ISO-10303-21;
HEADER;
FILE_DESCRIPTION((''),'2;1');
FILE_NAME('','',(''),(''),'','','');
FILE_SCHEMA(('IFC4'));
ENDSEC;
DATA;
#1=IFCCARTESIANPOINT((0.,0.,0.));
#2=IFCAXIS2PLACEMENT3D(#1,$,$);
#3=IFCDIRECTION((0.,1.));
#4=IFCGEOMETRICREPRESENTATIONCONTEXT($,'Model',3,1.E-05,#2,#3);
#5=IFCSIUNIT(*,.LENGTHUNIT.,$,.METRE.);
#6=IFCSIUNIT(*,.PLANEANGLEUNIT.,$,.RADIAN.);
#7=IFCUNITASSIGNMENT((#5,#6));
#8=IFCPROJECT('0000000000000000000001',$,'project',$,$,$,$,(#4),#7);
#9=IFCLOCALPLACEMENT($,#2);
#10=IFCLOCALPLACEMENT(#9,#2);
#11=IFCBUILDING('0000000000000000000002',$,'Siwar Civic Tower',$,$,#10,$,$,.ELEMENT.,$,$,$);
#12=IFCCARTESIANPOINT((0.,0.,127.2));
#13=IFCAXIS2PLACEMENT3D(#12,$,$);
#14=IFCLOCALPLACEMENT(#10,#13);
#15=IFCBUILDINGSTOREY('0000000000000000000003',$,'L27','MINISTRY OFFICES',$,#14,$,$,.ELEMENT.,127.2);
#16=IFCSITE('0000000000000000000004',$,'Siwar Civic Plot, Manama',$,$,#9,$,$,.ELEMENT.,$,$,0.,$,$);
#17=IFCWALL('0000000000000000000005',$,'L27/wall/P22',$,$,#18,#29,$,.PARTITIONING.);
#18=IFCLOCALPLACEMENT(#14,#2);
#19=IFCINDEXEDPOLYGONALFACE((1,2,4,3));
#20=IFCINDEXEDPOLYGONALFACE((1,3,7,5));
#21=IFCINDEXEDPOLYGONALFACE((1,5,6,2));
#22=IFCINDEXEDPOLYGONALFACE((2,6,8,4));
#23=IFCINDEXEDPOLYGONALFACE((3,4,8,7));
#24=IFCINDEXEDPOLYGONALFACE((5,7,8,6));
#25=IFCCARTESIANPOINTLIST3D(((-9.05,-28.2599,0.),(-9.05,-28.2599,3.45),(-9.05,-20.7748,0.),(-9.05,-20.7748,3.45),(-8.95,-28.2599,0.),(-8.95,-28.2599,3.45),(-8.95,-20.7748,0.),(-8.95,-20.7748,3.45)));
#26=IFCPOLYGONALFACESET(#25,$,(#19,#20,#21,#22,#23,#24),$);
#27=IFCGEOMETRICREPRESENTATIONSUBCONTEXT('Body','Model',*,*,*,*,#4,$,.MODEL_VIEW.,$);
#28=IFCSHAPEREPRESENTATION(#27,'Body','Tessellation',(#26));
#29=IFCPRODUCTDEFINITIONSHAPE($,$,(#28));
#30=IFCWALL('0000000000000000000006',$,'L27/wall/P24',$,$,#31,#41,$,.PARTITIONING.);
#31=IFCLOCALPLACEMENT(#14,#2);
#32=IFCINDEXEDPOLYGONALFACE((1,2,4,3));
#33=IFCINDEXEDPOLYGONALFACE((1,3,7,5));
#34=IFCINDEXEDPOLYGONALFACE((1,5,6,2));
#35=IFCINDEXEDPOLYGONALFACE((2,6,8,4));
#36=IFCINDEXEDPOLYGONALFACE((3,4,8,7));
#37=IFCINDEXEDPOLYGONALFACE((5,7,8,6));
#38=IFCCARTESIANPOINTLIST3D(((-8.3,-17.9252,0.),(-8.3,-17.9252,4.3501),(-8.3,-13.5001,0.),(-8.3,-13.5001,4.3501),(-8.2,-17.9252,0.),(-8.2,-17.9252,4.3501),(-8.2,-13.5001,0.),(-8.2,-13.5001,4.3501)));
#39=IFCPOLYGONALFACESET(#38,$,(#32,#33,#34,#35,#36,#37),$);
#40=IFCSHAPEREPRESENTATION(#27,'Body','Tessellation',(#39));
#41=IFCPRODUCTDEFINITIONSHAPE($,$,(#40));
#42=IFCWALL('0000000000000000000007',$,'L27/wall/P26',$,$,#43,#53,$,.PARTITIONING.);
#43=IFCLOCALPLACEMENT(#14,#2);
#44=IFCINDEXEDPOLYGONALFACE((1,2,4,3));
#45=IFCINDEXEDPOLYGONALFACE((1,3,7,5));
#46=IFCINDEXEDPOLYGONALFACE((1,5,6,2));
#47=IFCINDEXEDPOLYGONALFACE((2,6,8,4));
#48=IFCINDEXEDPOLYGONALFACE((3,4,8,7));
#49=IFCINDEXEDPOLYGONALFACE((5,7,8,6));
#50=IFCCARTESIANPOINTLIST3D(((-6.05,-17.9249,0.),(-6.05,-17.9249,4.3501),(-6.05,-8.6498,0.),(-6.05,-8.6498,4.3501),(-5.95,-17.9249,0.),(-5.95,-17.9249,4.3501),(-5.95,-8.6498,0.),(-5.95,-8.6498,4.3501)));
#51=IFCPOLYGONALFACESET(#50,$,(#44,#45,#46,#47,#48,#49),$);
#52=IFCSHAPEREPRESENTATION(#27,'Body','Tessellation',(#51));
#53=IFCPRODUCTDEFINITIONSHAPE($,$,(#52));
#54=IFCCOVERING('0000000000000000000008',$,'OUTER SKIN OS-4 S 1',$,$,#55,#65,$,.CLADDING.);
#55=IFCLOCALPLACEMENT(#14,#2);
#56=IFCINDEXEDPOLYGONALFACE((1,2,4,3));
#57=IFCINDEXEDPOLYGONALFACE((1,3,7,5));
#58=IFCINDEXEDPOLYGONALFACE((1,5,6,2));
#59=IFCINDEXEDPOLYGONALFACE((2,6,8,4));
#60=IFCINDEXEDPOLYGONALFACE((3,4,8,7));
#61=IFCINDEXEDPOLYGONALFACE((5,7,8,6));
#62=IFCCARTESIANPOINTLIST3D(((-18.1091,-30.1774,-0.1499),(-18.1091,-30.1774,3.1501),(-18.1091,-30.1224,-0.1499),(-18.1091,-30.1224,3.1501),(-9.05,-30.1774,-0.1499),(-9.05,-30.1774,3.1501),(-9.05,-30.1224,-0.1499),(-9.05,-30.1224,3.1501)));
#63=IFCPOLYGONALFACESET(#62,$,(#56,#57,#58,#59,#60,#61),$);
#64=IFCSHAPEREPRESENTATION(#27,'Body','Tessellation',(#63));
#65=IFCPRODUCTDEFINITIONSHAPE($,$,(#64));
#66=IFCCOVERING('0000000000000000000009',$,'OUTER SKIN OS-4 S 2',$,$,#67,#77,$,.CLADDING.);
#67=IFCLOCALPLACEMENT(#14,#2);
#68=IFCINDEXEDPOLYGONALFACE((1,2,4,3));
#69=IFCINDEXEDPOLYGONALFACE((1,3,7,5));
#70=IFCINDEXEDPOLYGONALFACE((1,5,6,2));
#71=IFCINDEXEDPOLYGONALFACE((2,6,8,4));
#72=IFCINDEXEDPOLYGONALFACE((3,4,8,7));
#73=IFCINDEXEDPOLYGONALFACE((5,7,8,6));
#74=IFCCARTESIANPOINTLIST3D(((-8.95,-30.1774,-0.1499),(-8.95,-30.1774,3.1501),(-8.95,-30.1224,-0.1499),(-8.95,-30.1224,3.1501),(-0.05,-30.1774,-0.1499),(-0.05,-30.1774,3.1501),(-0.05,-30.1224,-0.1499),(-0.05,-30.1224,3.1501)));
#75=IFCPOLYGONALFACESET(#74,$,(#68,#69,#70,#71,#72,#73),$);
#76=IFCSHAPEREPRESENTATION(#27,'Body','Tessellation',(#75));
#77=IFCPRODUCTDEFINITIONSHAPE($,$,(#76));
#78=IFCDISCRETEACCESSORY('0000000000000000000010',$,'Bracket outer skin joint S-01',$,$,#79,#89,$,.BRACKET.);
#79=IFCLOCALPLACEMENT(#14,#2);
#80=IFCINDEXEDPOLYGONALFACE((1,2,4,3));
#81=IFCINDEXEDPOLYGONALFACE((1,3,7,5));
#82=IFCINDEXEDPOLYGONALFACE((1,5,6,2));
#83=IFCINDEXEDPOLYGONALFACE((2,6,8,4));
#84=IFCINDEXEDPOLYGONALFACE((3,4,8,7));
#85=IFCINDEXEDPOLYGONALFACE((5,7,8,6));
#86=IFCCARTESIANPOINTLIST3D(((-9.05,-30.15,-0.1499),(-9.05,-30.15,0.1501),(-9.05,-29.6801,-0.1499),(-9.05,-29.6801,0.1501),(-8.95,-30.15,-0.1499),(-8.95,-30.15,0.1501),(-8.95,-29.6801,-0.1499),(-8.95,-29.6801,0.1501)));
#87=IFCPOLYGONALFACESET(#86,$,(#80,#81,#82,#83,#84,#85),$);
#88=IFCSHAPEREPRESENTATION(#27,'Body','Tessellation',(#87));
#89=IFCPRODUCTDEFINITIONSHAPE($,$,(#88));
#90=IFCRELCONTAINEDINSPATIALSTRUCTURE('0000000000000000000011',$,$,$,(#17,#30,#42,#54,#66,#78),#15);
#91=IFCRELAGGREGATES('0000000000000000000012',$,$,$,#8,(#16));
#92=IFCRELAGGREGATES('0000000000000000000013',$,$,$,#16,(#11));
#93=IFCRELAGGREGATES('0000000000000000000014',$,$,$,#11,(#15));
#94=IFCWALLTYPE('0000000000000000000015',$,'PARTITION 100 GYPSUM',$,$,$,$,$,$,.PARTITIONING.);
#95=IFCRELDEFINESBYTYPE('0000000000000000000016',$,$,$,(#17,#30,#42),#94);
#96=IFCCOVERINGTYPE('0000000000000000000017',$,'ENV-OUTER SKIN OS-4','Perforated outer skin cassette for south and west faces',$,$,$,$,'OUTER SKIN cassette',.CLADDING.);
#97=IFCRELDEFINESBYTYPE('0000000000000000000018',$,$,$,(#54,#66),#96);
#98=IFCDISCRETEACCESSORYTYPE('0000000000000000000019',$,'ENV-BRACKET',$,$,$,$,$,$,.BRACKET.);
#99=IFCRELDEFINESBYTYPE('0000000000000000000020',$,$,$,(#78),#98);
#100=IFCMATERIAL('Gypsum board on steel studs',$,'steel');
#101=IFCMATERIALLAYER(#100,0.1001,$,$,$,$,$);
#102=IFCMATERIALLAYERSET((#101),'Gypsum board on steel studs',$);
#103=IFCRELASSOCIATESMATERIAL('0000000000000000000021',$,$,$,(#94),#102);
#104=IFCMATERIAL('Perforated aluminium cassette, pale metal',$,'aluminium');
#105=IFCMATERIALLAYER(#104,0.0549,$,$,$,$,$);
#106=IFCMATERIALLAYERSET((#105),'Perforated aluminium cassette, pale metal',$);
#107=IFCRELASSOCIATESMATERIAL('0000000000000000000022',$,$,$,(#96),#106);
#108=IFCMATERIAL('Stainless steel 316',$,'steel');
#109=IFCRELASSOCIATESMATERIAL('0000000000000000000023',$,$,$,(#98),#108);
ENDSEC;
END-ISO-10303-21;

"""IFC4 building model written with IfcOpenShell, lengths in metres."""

from ifc_helpers import new_model, si_unit, direction, frame, frame_2d, origin, origin_2d, place, context, subcontext, project, spatial, rectangle, extrude, material, layer, layer_set, type_object, element, save


model = new_model("IFC4")

# Units and contexts
model_context = context("Model", 3, precision=1e-05, world=origin(), true_north=direction((0.0, 1.0)))
body_context = subcontext(model_context, "Body", "Model", "MODEL_VIEW")
ifc_project = project(units=[si_unit("LENGTHUNIT", "METRE"), si_unit("PLANEANGLEUNIT", "RADIAN")], contexts=[model_context])

# Site, building, storey
site_placement = place(None, origin())
site = spatial("IfcSite", under=ifc_project, at=site_placement, Name="Siwar Civic Plot, Manama", CompositionType="ELEMENT", RefElevation=0.0)
building_placement = place(site_placement, origin())
building = spatial("IfcBuilding", under=site, at=building_placement, Name="Siwar Civic Tower", CompositionType="ELEMENT")
storey_placement = place(building_placement, frame((0.0, 0.0, 127.2)))
storey = spatial("IfcBuildingStorey", under=building, at=storey_placement, Name="L27", Description="MINISTRY OFFICES", CompositionType="ELEMENT", Elevation=127.2)

# Walls
ifc_material_1 = material(Name="Gypsum board on steel studs", Category="steel")
ifc_layer_1 = layer(ifc_material_1, 0.1001)
ifc_layer_set_1 = layer_set([ifc_layer_1], Name="Gypsum board on steel studs")
wall_type_1 = type_object("IfcWallType", Name="PARTITION 100 GYPSUM", PredefinedType="PARTITIONING", material=ifc_layer_set_1)
wall_1_placement = place(storey_placement, frame((-9.0, -28.26, 0.0), z_axis=(0.0, 0.0, 1.0), x_axis=(0.0, 1.0, 0.0)))
element("IfcWall", 1, at=wall_1_placement, inside=storey, type_object=wall_type_1, Name="L27/wall/P22", PredefinedType="PARTITIONING", context=body_context, shape_type="SweptSolid", body=[
    extrude(rectangle(XDim=7.4851, YDim=0.1001, at=frame_2d((3.7427, 0.0))), origin(), (0.0, 0.0, 1.0), 3.45),
])
wall_2_placement = place(storey_placement, frame((-8.25, -17.925, 0.0), z_axis=(0.0, 0.0, 1.0), x_axis=(0.0, 1.0, 0.0)))
element("IfcWall", 2, at=wall_2_placement, inside=storey, type_object=wall_type_1, Name="L27/wall/P24", PredefinedType="PARTITIONING", context=body_context, shape_type="SweptSolid", body=[
    extrude(rectangle(XDim=4.425, YDim=0.1001, at=frame_2d((2.2124, 0.0))), origin(), (0.0, 0.0, 1.0), 4.3501),
])
wall_3_placement = place(storey_placement, frame((-6.0, -17.925, 0.0), z_axis=(0.0, 0.0, 1.0), x_axis=(0.0, 1.0, 0.0)))
element("IfcWall", 3, at=wall_3_placement, inside=storey, type_object=wall_type_1, Name="L27/wall/P26", PredefinedType="PARTITIONING", context=body_context, shape_type="SweptSolid", body=[
    extrude(rectangle(XDim=9.2751, YDim=0.1001, at=frame_2d((4.6377, 0.0))), origin(), (0.0, 0.0, 1.0), 4.3501),
])

# Coverings
ifc_material_2 = material(Name="Perforated aluminium cassette, pale metal", Category="aluminium")
ifc_layer_2 = layer(ifc_material_2, 0.0549)
ifc_layer_set_2 = layer_set([ifc_layer_2], Name="Perforated aluminium cassette, pale metal")
covering_type = type_object("IfcCoveringType", Name="ENV-OUTER SKIN OS-4", Description="Perforated outer skin cassette for south and west faces", ElementType="OUTER SKIN cassette", PredefinedType="CLADDING", material=ifc_layer_set_2)
covering_1_placement = place(storey_placement, frame((-13.5796, -30.1499, -0.1499), z_axis=(0.0, 0.0, 1.0), x_axis=(1.0, 0.0, 0.0)))
element("IfcCovering", 4, at=covering_1_placement, inside=storey, type_object=covering_type, Name="OUTER SKIN OS-4 S 1", PredefinedType="CLADDING", context=body_context, shape_type="SweptSolid", body=[
    extrude(rectangle(XDim=9.0591, YDim=0.0549, at=origin_2d()), origin(), (0.0, 0.0, 1.0), 3.3),
])
covering_2_placement = place(storey_placement, frame((-4.5, -30.1499, -0.1499), z_axis=(0.0, 0.0, 1.0), x_axis=(1.0, 0.0, 0.0)))
element("IfcCovering", 5, at=covering_2_placement, inside=storey, type_object=covering_type, Name="OUTER SKIN OS-4 S 2", PredefinedType="CLADDING", context=body_context, shape_type="SweptSolid", body=[
    extrude(rectangle(XDim=8.8999, YDim=0.0549, at=origin_2d()), origin(), (0.0, 0.0, 1.0), 3.3),
])

# Discrete accessory
ifc_material_3 = material(Name="Stainless steel 316", Category="steel")
discrete_accessory_type = type_object("IfcDiscreteAccessoryType", Name="ENV-BRACKET", PredefinedType="BRACKET", material=ifc_material_3)
discrete_accessory_placement = place(storey_placement, frame((-9.0, -29.915, -0.1499), z_axis=(0.0, 0.0, 1.0), x_axis=(0.0, -1.0, 0.0)))
element("IfcDiscreteAccessory", 6, at=discrete_accessory_placement, inside=storey, type_object=discrete_accessory_type, Name="Bracket outer skin joint S-01", PredefinedType="BRACKET", context=body_context, shape_type="SweptSolid", body=[
    extrude(rectangle(XDim=0.47, YDim=0.1001, at=origin_2d()), origin(), (0.0, 0.0, 1.0), 0.3),
])

save(model, "model.ifc")
